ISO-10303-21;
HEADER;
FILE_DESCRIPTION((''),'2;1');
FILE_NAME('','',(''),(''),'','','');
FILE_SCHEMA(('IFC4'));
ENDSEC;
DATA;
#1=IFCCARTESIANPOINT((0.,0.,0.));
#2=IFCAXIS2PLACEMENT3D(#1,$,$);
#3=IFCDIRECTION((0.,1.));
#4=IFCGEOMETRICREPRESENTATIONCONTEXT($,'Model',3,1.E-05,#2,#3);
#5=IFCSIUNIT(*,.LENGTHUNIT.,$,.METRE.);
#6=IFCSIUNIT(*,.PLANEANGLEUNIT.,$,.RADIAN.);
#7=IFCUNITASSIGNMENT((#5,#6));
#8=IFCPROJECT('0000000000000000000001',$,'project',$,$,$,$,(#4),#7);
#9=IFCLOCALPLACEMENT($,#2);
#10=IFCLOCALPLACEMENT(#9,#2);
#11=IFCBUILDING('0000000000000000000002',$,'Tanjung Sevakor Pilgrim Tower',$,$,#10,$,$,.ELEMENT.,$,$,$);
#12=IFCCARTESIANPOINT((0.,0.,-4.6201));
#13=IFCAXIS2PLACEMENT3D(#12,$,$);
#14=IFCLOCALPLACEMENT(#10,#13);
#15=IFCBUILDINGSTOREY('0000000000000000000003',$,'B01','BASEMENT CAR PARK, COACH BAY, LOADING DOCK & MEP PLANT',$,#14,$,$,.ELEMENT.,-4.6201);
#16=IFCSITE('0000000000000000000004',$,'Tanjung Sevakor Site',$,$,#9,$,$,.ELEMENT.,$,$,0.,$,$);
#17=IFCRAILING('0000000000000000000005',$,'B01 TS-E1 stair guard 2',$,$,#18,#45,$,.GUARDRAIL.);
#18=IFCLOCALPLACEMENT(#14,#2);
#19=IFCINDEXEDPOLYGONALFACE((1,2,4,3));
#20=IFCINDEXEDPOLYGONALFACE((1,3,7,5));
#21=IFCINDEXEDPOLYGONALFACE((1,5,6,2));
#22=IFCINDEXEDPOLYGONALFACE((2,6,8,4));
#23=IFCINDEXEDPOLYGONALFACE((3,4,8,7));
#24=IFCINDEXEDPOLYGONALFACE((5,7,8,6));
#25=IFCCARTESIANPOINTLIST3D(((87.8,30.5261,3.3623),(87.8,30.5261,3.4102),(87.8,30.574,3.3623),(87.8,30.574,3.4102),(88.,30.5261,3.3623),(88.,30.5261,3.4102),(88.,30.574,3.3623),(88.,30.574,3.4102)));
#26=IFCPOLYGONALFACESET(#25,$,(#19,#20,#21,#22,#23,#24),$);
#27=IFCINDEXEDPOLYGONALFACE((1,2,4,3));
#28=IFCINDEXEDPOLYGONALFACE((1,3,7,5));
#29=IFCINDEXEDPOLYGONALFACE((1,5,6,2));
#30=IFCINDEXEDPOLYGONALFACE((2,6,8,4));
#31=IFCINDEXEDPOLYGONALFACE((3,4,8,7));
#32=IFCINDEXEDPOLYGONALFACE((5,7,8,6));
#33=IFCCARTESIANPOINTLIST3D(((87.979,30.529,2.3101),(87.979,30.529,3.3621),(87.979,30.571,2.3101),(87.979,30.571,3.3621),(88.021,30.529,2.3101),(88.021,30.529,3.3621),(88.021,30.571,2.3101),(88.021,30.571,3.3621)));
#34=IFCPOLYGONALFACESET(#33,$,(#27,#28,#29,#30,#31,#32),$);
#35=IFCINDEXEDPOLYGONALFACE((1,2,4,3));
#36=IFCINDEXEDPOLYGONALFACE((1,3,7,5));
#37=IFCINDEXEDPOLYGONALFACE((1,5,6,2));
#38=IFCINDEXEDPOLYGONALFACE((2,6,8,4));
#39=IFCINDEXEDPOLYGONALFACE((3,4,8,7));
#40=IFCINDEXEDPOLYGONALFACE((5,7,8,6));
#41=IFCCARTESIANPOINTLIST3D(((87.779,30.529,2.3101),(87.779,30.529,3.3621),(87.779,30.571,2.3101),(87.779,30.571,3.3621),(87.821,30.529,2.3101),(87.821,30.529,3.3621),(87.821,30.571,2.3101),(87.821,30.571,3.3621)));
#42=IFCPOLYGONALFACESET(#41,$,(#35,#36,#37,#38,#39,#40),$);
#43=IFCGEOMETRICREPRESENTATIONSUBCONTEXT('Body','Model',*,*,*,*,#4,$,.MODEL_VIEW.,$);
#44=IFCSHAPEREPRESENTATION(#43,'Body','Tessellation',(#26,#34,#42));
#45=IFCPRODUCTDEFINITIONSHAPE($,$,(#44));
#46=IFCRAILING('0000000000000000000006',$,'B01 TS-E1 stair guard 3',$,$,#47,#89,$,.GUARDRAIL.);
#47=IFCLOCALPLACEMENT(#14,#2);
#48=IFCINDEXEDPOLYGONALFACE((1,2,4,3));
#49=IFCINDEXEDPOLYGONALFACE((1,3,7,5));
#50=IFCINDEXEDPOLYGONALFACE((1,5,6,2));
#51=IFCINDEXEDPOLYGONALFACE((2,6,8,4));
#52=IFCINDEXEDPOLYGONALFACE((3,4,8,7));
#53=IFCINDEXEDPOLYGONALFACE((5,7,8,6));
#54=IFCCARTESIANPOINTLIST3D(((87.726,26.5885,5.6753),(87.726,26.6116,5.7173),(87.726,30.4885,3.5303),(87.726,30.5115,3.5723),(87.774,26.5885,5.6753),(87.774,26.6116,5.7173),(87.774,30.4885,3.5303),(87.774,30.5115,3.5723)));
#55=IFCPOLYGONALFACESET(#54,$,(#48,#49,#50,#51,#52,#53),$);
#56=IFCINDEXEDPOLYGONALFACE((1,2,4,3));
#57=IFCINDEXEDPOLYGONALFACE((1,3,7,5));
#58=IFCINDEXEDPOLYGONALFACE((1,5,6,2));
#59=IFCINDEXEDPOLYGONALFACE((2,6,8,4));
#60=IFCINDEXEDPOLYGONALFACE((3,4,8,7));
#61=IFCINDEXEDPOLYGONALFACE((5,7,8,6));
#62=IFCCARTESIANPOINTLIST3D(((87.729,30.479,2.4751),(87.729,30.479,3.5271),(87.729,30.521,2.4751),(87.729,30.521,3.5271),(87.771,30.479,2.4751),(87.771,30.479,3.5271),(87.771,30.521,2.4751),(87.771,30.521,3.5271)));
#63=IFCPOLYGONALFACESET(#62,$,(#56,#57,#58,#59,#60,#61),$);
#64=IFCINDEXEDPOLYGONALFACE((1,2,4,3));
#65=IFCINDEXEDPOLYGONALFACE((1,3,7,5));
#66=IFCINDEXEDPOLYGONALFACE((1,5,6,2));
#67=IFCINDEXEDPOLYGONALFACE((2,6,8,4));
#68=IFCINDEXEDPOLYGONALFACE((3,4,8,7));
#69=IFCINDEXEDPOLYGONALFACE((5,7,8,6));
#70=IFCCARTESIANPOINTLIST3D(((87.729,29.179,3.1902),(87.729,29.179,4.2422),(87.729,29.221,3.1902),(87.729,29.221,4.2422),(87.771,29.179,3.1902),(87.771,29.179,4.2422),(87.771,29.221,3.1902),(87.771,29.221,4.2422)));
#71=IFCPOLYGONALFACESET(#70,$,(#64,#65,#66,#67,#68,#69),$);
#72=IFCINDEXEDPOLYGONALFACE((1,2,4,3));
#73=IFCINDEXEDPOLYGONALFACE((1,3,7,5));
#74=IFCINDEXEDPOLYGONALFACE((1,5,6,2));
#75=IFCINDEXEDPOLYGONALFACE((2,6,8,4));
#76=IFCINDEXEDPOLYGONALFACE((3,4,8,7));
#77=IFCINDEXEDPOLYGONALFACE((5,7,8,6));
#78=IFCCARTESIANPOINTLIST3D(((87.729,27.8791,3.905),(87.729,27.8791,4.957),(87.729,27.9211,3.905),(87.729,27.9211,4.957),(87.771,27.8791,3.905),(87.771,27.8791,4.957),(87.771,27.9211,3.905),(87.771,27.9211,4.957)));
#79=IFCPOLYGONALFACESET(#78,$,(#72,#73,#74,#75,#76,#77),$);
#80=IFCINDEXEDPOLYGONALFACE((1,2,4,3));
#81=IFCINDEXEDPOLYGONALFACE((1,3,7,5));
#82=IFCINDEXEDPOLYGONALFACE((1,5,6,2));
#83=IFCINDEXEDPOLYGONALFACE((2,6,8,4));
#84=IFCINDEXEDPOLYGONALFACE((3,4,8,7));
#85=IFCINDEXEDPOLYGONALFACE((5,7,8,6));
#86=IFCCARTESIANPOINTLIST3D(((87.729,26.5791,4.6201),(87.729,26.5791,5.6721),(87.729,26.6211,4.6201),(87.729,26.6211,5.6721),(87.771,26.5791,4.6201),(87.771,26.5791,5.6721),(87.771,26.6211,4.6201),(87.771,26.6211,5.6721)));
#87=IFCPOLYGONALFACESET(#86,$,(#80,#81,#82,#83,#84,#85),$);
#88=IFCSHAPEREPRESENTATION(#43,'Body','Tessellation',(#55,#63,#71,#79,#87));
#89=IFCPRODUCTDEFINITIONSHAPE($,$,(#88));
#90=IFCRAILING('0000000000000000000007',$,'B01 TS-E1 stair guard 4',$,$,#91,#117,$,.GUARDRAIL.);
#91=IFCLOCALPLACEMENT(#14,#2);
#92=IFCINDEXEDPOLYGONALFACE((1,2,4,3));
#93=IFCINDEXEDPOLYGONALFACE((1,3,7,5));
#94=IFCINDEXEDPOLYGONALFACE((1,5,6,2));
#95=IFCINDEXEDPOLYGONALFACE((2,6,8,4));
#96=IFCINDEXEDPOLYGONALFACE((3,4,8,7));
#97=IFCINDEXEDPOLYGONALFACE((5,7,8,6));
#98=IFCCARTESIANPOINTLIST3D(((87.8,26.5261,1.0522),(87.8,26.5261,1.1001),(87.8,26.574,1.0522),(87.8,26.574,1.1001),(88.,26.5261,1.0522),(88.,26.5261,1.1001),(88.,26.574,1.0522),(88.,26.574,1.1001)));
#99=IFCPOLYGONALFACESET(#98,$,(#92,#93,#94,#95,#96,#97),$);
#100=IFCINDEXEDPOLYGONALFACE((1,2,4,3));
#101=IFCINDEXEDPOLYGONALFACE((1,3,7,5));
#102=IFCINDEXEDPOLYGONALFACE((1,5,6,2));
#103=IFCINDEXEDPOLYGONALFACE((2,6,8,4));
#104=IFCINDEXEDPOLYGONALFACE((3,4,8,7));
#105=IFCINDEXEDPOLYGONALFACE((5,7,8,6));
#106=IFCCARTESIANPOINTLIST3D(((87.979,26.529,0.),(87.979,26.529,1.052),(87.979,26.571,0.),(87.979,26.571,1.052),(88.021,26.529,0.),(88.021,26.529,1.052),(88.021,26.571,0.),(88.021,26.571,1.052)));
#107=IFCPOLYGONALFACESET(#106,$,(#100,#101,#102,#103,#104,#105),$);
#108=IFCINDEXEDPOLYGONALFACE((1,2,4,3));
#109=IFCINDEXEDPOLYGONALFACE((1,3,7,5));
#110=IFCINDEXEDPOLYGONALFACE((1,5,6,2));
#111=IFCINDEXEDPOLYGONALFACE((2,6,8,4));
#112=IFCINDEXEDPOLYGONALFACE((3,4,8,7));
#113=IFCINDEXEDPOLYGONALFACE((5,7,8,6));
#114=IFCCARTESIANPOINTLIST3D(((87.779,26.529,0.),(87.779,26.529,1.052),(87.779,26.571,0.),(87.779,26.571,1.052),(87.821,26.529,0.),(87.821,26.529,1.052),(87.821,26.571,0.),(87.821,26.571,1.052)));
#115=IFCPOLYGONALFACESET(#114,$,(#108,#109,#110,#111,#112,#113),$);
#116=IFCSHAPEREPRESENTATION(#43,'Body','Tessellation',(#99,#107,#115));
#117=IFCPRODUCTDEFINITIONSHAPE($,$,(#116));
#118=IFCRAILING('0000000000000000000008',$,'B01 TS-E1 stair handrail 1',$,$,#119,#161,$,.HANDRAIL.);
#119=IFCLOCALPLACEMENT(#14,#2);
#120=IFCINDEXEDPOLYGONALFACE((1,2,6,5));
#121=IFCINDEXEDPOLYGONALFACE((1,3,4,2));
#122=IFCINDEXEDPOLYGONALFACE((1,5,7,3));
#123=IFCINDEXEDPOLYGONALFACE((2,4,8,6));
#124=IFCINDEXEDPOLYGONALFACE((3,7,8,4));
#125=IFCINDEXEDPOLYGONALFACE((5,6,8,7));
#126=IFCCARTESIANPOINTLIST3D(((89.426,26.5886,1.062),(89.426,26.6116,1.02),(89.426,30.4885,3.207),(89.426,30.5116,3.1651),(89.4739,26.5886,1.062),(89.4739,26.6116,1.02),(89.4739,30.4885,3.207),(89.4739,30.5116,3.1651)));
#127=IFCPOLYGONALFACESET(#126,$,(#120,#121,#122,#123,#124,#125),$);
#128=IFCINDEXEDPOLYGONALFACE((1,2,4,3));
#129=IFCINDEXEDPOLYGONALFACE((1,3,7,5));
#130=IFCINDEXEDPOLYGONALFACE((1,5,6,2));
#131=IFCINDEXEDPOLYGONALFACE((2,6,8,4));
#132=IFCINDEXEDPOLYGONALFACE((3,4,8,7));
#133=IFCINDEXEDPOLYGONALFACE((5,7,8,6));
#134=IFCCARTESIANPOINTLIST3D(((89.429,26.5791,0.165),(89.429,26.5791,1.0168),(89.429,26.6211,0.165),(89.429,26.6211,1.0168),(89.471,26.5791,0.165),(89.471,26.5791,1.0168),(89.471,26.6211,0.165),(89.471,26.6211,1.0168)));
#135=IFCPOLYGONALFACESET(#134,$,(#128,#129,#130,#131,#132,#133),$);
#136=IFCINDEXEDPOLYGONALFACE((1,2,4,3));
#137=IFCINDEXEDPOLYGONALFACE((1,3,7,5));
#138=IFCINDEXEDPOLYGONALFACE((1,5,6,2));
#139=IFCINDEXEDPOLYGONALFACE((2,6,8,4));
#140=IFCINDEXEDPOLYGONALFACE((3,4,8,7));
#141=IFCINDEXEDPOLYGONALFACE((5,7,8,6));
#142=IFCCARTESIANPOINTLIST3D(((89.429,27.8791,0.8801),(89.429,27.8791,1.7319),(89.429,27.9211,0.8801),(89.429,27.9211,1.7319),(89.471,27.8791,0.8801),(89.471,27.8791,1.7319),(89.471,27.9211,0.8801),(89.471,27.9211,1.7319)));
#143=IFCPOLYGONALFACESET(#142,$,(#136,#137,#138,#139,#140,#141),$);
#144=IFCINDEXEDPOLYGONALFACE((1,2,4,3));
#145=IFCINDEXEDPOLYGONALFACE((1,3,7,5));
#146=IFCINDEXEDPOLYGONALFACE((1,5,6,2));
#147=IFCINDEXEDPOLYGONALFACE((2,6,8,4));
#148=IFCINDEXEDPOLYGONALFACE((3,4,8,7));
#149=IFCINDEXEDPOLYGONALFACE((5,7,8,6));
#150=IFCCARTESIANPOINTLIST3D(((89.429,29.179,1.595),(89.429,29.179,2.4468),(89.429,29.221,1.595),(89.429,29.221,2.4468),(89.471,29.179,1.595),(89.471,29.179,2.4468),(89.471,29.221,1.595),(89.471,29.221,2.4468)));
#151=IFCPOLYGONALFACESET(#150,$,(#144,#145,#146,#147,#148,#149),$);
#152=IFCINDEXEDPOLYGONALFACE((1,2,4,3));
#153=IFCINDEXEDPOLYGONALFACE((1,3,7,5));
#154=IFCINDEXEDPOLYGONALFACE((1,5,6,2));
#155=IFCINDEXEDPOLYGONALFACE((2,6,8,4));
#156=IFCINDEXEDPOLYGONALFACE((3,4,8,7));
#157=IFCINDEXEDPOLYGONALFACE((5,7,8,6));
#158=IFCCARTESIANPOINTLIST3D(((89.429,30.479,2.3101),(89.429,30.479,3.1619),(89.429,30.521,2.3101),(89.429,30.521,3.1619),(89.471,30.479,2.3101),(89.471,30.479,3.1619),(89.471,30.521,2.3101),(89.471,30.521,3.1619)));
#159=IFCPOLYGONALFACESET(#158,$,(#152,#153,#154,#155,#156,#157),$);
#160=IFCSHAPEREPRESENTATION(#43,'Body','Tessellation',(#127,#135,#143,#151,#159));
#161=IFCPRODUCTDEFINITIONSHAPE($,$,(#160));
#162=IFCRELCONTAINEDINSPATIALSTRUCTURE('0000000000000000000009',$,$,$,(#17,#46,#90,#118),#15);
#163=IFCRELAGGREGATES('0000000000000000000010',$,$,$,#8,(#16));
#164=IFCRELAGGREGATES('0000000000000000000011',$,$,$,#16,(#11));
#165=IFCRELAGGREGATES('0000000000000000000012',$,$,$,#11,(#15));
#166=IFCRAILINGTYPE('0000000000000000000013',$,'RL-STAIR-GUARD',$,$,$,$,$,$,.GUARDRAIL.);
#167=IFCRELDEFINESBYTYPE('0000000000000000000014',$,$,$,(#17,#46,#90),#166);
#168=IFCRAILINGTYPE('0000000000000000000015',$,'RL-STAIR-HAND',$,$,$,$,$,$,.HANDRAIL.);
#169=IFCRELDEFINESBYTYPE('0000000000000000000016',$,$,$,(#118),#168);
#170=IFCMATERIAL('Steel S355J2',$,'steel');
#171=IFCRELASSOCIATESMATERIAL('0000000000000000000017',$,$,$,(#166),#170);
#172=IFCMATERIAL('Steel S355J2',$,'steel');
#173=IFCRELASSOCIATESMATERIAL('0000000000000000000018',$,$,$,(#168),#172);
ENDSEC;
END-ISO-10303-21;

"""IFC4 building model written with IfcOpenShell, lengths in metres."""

from ifc_helpers import new_model, si_unit, direction, frame, origin, place, context, subcontext, project, spatial, rectangle, extrude, material, type_object, element, save


model = new_model("IFC4")

# Units and contexts
model_context = context("Model", 3, precision=1e-05, world=origin(), true_north=direction((0.0, 1.0)))
body_context = subcontext(model_context, "Body", "Model", "MODEL_VIEW")
ifc_project = project(units=[si_unit("LENGTHUNIT", "METRE"), si_unit("PLANEANGLEUNIT", "RADIAN")], contexts=[model_context])

# Site, building, storey
site_placement = place(None, origin())
site = spatial("IfcSite", under=ifc_project, at=site_placement, Name="Tanjung Sevakor Site", CompositionType="ELEMENT", RefElevation=0.0)
building_placement = place(site_placement, origin())
building = spatial("IfcBuilding", under=site, at=building_placement, Name="Tanjung Sevakor Pilgrim Tower", CompositionType="ELEMENT")
storey_placement = place(building_placement, frame((0.0, 0.0, -4.6201)))
storey = spatial("IfcBuildingStorey", under=building, at=storey_placement, Name="B01", Description="BASEMENT CAR PARK, COACH BAY, LOADING DOCK & MEP PLANT", CompositionType="ELEMENT", Elevation=-4.6201)

# Railings
ifc_material_1 = material(Name="Steel S355J2", Category="steel")
railing_type_1 = type_object("IfcRailingType", Name="RL-STAIR-GUARD", PredefinedType="GUARDRAIL", material=ifc_material_1)
railing_1_placement = place(storey_placement, frame((88.0, 30.55, 2.3101)))
element("IfcRailing", 1, at=railing_1_placement, inside=storey, type_object=railing_type_1, Name="B01 TS-E1 stair guard 2", PredefinedType="GUARDRAIL", context=body_context, shape_type="SweptSolid", body=[
    extrude(rectangle(XDim=0.0479, YDim=0.0479), frame((0.0, 0.0, 1.0762), z_axis=(-1.0, 0.0, 0.0), x_axis=(0.0, -1.0, 0.0)), (0.0, 0.0, 1.0), 0.2),
    extrude(rectangle(XDim=0.042, YDim=0.042), origin(), (0.0, 0.0, 1.0), 1.052),
    extrude(rectangle(XDim=0.042, YDim=0.042), frame((-0.2, 0.0, 0.0)), (0.0, 0.0, 1.0), 1.052),
])
railing_2_placement = place(storey_placement, frame((87.75, 30.5, 2.4751)))
element("IfcRailing", 2, at=railing_2_placement, inside=storey, type_object=railing_type_1, Name="B01 TS-E1 stair guard 3", PredefinedType="GUARDRAIL", context=body_context, shape_type="SweptSolid", body=[
    extrude(rectangle(XDim=0.0479, YDim=0.0479), frame((0.0, 0.0, 1.0762), z_axis=(0.0, -0.876209, 0.481931), x_axis=(1.0, 0.0, 0.0)), (0.0, 0.0, 1.0), 4.4509),
    extrude(rectangle(XDim=0.042, YDim=0.042), origin(), (0.0, 0.0, 1.0), 1.052),
    extrude(rectangle(XDim=0.042, YDim=0.042), frame((0.0, -1.3, 0.7151)), (0.0, 0.0, 1.0), 1.052),
    extrude(rectangle(XDim=0.042, YDim=0.042), frame((0.0, -2.5999, 1.4299)), (0.0, 0.0, 1.0), 1.052),
    extrude(rectangle(XDim=0.042, YDim=0.042), frame((0.0, -3.8999, 2.145)), (0.0, 0.0, 1.0), 1.052),
])
railing_3_placement = place(storey_placement, frame((88.0, 26.55, 0.0)))
element("IfcRailing", 3, at=railing_3_placement, inside=storey, type_object=railing_type_1, Name="B01 TS-E1 stair guard 4", PredefinedType="GUARDRAIL", context=body_context, shape_type="SweptSolid", body=[
    extrude(rectangle(XDim=0.0479, YDim=0.0479), frame((0.0, 0.0, 1.0762), z_axis=(-1.0, 0.0, 0.0), x_axis=(0.0, -1.0, 0.0)), (0.0, 0.0, 1.0), 0.2),
    extrude(rectangle(XDim=0.042, YDim=0.042), origin(), (0.0, 0.0, 1.0), 1.052),
    extrude(rectangle(XDim=0.042, YDim=0.042), frame((-0.2, 0.0, 0.0)), (0.0, 0.0, 1.0), 1.052),
])
ifc_material_2 = material(Name="Steel S355J2", Category="steel")
railing_type_2 = type_object("IfcRailingType", Name="RL-STAIR-HAND", PredefinedType="HANDRAIL", material=ifc_material_2)
railing_4_placement = place(storey_placement, frame((89.45, 26.6001, 0.165)))
element("IfcRailing", 4, at=railing_4_placement, inside=storey, type_object=railing_type_2, Name="B01 TS-E1 stair handrail 1", PredefinedType="HANDRAIL", context=body_context, shape_type="SweptSolid", body=[
    extrude(rectangle(XDim=0.0479, YDim=0.0479), frame((0.0, 0.0, 0.876), z_axis=(0.0, 0.876209, 0.481931), x_axis=(-1.0, 0.0, 0.0)), (0.0, 0.0, 1.0), 4.4509),
    extrude(rectangle(XDim=0.042, YDim=0.042), origin(), (0.0, 0.0, 1.0), 0.8518),
    extrude(rectangle(XDim=0.042, YDim=0.042), frame((0.0, 1.3, 0.7151)), (0.0, 0.0, 1.0), 0.8518),
    extrude(rectangle(XDim=0.042, YDim=0.042), frame((0.0, 2.5999, 1.4299)), (0.0, 0.0, 1.0), 0.8518),
    extrude(rectangle(XDim=0.042, YDim=0.042), frame((0.0, 3.8999, 2.145)), (0.0, 0.0, 1.0), 0.8518),
])

save(model, "model.ifc")
